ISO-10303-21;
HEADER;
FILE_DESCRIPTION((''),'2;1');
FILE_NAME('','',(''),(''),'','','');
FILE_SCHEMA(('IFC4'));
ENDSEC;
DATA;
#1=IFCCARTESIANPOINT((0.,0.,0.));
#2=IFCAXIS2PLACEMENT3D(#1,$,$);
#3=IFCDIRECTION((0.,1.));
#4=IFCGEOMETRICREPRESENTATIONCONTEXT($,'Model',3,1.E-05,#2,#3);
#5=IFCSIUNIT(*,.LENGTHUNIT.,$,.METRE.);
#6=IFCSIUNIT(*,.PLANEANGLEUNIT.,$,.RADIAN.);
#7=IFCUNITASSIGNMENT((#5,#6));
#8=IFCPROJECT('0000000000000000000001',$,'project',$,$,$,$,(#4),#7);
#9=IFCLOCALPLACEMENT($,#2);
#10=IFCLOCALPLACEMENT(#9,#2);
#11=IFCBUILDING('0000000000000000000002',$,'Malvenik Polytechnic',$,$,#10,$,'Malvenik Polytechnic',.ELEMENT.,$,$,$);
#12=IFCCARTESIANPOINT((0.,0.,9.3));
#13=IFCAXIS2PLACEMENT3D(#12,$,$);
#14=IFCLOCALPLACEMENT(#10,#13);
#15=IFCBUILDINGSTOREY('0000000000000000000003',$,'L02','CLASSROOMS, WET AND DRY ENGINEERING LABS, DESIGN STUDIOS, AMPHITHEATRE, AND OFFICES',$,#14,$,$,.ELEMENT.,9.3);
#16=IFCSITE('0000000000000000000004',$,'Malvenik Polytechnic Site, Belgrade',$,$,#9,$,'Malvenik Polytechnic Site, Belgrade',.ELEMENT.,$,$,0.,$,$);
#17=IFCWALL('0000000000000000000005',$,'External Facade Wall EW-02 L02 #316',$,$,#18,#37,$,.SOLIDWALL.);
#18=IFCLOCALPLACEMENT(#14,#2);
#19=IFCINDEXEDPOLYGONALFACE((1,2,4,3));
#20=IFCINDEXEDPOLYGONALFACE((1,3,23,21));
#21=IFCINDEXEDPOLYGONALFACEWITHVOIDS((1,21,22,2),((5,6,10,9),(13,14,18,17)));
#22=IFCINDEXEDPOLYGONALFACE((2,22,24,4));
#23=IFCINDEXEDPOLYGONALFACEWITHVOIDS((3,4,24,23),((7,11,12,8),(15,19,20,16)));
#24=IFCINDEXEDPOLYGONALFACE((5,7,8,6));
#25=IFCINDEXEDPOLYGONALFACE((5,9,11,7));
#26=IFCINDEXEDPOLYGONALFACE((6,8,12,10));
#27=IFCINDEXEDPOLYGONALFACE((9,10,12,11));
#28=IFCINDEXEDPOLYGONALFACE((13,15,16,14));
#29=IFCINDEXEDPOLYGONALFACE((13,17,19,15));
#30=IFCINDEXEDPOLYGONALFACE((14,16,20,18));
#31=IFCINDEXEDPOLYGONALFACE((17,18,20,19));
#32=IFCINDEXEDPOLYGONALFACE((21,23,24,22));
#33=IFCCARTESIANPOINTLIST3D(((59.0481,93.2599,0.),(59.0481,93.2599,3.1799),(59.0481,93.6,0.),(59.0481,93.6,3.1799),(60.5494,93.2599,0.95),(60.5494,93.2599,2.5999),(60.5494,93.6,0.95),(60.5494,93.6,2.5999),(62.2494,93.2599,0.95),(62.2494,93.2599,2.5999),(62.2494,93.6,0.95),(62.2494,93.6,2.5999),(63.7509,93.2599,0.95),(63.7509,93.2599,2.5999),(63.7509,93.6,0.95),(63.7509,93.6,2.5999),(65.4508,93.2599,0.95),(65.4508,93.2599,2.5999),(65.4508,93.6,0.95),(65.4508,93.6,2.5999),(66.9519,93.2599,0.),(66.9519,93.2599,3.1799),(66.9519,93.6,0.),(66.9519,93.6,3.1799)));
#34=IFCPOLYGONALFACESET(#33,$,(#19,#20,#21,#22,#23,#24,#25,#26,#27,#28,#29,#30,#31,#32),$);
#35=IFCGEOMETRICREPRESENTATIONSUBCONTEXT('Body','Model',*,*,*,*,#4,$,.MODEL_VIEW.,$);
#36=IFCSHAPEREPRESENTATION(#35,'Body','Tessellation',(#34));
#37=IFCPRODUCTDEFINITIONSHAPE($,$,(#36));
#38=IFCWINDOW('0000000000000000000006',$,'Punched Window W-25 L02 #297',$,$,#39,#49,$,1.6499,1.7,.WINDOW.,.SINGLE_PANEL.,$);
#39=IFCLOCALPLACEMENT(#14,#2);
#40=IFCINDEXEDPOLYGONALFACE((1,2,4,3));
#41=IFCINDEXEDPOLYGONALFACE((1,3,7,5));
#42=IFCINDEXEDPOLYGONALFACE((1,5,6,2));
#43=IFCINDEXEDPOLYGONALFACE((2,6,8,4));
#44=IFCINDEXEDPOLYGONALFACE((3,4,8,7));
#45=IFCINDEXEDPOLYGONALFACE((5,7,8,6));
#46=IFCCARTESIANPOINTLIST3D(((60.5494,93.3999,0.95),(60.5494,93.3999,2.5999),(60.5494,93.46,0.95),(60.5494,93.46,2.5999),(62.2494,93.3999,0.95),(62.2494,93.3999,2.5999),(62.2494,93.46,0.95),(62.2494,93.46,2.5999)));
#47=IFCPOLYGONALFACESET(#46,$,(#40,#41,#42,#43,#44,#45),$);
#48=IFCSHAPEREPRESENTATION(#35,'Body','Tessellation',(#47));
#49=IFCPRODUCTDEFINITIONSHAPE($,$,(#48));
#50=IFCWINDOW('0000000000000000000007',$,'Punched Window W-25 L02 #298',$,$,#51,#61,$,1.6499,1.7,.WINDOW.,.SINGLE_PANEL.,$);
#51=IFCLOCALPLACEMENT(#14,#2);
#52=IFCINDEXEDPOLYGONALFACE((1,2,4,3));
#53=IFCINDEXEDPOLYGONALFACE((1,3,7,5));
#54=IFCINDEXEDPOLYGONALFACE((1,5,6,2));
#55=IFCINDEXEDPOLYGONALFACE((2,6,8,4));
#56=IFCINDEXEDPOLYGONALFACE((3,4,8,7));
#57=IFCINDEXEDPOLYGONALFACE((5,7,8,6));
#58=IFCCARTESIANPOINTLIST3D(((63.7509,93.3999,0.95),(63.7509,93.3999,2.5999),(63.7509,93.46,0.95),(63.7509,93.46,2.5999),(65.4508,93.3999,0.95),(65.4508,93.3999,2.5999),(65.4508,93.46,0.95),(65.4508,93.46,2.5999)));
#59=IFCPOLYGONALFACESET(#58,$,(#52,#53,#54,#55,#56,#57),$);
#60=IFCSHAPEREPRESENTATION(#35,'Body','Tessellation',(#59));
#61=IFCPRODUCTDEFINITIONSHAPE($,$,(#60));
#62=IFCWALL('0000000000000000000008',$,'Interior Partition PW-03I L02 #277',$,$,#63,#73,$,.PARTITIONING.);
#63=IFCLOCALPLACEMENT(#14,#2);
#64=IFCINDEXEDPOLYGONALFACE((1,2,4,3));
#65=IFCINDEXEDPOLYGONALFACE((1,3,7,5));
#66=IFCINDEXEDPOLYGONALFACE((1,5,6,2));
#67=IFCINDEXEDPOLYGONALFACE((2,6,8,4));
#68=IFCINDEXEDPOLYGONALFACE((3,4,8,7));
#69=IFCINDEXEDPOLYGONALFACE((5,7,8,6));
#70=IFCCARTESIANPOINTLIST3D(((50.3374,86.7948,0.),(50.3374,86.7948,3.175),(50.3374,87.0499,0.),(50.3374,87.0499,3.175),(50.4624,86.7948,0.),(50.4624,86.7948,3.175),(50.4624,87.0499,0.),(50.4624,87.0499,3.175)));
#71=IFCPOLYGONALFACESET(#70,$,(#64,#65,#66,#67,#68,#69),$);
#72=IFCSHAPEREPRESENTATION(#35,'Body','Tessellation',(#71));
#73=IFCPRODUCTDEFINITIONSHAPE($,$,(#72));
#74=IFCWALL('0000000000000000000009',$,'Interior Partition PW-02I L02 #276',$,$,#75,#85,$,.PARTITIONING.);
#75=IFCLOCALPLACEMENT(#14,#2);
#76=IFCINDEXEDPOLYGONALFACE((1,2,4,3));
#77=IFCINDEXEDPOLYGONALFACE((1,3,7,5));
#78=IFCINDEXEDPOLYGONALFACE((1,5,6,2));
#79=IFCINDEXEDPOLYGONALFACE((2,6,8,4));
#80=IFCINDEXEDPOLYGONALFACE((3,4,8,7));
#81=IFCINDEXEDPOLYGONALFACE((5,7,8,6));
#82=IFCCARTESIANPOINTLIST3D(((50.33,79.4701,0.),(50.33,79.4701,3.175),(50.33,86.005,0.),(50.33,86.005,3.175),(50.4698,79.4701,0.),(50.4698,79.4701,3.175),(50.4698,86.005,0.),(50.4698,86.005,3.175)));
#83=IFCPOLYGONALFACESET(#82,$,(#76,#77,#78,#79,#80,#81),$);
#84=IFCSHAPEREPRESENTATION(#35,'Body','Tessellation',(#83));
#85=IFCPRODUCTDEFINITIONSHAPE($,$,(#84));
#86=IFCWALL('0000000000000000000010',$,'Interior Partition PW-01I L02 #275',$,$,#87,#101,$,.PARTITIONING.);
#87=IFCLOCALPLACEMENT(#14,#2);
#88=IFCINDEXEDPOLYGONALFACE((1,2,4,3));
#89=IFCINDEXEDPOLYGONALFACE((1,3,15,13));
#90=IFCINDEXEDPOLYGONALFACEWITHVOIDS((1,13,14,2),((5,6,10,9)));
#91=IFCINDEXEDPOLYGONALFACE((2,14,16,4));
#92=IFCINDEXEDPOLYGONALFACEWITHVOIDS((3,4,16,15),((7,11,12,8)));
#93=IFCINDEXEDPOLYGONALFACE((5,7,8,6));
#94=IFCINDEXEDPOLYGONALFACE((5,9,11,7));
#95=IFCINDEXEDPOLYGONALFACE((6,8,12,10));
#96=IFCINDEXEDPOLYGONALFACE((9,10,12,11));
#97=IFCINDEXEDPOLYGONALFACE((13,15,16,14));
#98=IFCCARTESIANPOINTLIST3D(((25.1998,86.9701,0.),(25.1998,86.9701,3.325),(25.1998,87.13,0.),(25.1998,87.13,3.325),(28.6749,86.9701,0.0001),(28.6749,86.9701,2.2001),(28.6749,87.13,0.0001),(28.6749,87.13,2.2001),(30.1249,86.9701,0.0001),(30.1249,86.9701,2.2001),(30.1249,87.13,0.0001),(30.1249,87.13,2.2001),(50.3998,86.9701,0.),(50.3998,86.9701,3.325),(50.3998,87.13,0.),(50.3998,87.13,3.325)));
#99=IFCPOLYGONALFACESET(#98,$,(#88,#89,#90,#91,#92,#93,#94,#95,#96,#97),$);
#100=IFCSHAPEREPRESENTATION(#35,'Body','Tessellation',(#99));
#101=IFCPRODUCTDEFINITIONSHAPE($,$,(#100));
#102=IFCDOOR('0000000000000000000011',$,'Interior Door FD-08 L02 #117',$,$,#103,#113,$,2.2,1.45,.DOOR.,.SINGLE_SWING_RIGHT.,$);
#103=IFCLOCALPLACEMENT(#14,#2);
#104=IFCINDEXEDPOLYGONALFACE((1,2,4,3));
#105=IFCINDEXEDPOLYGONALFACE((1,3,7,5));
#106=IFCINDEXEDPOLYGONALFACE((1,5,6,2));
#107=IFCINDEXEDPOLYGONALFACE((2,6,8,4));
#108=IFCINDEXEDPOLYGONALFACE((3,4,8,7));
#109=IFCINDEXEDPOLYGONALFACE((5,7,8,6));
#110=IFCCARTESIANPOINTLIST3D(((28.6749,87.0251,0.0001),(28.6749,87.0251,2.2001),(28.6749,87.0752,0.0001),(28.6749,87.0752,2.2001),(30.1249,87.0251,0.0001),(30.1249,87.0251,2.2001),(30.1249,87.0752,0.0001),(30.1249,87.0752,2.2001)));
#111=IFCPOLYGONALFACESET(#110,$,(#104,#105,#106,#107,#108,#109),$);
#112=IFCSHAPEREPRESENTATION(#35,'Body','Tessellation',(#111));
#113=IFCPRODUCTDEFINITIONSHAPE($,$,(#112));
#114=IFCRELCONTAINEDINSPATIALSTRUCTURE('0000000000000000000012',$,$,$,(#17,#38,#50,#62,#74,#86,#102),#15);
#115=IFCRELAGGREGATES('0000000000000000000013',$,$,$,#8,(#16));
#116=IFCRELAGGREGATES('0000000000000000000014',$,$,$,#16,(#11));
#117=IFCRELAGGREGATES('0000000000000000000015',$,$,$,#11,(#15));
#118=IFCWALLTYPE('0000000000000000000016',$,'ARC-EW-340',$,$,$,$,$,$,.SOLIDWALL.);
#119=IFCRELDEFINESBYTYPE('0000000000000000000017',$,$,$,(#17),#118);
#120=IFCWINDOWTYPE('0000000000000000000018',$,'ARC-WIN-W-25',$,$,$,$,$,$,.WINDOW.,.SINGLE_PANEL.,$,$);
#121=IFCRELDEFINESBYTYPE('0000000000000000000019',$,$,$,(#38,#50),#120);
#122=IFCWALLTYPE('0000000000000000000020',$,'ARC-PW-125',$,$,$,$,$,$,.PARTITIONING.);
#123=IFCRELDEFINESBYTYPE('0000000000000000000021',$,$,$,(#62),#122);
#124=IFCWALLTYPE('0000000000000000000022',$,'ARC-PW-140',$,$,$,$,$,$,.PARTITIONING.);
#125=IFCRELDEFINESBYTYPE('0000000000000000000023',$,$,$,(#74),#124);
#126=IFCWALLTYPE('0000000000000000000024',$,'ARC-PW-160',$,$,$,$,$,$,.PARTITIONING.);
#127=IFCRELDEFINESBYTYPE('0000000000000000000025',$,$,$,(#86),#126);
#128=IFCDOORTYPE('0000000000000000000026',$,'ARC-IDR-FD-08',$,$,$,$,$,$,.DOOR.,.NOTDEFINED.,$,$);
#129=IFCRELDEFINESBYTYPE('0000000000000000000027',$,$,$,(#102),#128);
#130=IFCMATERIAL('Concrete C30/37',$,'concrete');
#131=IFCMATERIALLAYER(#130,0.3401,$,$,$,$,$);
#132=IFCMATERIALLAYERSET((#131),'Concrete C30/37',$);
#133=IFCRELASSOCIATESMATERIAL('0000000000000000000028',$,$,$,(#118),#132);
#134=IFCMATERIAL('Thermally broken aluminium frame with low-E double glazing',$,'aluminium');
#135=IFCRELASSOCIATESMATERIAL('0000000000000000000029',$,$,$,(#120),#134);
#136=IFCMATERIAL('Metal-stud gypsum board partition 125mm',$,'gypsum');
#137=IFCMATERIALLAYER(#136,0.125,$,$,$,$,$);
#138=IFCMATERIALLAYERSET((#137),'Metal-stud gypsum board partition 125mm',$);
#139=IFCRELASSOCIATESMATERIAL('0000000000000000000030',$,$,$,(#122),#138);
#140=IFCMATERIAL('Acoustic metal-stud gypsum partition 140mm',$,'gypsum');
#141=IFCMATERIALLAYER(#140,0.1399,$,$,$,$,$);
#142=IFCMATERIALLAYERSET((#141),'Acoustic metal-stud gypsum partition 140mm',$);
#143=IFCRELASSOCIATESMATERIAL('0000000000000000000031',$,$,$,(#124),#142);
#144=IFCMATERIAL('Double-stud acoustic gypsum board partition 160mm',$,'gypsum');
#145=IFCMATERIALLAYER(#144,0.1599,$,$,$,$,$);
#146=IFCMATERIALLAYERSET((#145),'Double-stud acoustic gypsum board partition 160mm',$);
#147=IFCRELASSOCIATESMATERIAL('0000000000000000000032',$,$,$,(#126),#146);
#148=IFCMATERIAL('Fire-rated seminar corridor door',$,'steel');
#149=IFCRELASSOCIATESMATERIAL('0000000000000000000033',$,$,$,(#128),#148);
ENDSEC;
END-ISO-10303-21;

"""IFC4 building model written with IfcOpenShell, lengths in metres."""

from ifc_helpers import new_model, si_unit, direction, frame, frame_2d, origin, place, context, subcontext, project, spatial, rectangle, extrude, material, layer, layer_set, type_object, element, fill, save


model = new_model("IFC4")

# Units and contexts
model_context = context("Model", 3, precision=1e-05, world=origin(), true_north=direction((0.0, 1.0)))
body_context = subcontext(model_context, "Body", "Model", "MODEL_VIEW")
ifc_project = project(units=[si_unit("LENGTHUNIT", "METRE"), si_unit("PLANEANGLEUNIT", "RADIAN")], contexts=[model_context])

# Site, building, storey
site_placement = place(None, origin())
site = spatial("IfcSite", under=ifc_project, at=site_placement, Name="Malvenik Polytechnic Site, Belgrade", LongName="Malvenik Polytechnic Site, Belgrade", CompositionType="ELEMENT", RefElevation=0.0)
building_placement = place(site_placement, origin())
building = spatial("IfcBuilding", under=site, at=building_placement, Name="Malvenik Polytechnic", LongName="Malvenik Polytechnic", CompositionType="ELEMENT")
storey_placement = place(building_placement, frame((0.0, 0.0, 9.3)))
storey = spatial("IfcBuildingStorey", under=building, at=storey_placement, Name="L02", Description="CLASSROOMS, WET AND DRY ENGINEERING LABS, DESIGN STUDIOS, AMPHITHEATRE, AND OFFICES", CompositionType="ELEMENT", Elevation=9.3)

# Shared definitions
ifc_material_1 = material(Name="Concrete C30/37", Category="concrete")

# Wall, openings, windows
ifc_layer_1 = layer(ifc_material_1, 0.3401)
ifc_layer_set_1 = layer_set([ifc_layer_1], Name="Concrete C30/37")
wall_type_1 = type_object("IfcWallType", Name="ARC-EW-340", PredefinedType="SOLIDWALL", material=ifc_layer_set_1)
ifc_material_2 = material(Name="Thermally broken aluminium frame with low-E double glazing", Category="aluminium")
wall_1_placement = place(storey_placement, frame((59.0481, 93.4299, 0.0), z_axis=(0.0, 0.0, 1.0), x_axis=(1.0, 0.0, 0.0)))
wall_1 = element("IfcWall", 1, at=wall_1_placement, inside=storey, type_object=wall_type_1, Name="External Facade Wall EW-02 L02 #316", PredefinedType="SOLIDWALL", context=body_context, shape_type="SweptSolid", body=[
    extrude(rectangle(XDim=7.9038, YDim=0.3401, at=frame_2d((3.9519, 0.0))), origin(), (0.0, 0.0, 1.0), 3.1799),
])
opening_1_placement = place(wall_1_placement, frame((1.5012, 0.0, 0.95)))
opening_1 = element("IfcOpeningElement", 2, at=opening_1_placement, cuts=wall_1, PredefinedType="OPENING", context=body_context, shape_type="SweptSolid", body=[
    extrude(rectangle(XDim=1.7, YDim=1.6499, at=frame_2d((0.8501, 0.825))), frame((0.0, 0.1802, 0.0), z_axis=(0.0, -1.0, 0.0), x_axis=(1.0, 0.0, 0.0)), (0.0, 0.0, 1.0), 0.3601),
])
opening_2_placement = place(wall_1_placement, frame((4.7026, 0.0, 0.95)))
opening_2 = element("IfcOpeningElement", 3, at=opening_2_placement, cuts=wall_1, PredefinedType="OPENING", context=body_context, shape_type="SweptSolid", body=[
    extrude(rectangle(XDim=1.7, YDim=1.6499, at=frame_2d((0.8501, 0.825))), frame((0.0, 0.1802, 0.0), z_axis=(0.0, -1.0, 0.0), x_axis=(1.0, 0.0, 0.0)), (0.0, 0.0, 1.0), 0.3601),
])
window_type_1 = type_object("IfcWindowType", Name="ARC-WIN-W-25", PartitioningType="SINGLE_PANEL", PredefinedType="WINDOW", material=ifc_material_2)
window_1_placement = place(opening_1_placement, origin())
window_1 = element("IfcWindow", 4, at=window_1_placement, inside=storey, type_object=window_type_1, Name="Punched Window W-25 L02 #297", OverallHeight=1.6499, OverallWidth=1.7, PartitioningType="SINGLE_PANEL", PredefinedType="WINDOW", context=body_context, shape_type="SweptSolid", body=[
    extrude(rectangle(XDim=1.7, YDim=1.6499, at=frame_2d((0.8501, 0.825))), frame((0.0, 0.03, 0.0), z_axis=(0.0, -1.0, 0.0), x_axis=(1.0, 0.0, 0.0)), (0.0, 0.0, 1.0), 0.0601),
])
fill(opening_1, window_1)
window_2_placement = place(opening_2_placement, origin())
window_2 = element("IfcWindow", 5, at=window_2_placement, inside=storey, type_object=window_type_1, Name="Punched Window W-25 L02 #298", OverallHeight=1.6499, OverallWidth=1.7, PartitioningType="SINGLE_PANEL", PredefinedType="WINDOW", context=body_context, shape_type="SweptSolid", body=[
    extrude(rectangle(XDim=1.7, YDim=1.6499, at=frame_2d((0.8501, 0.825))), frame((0.0, 0.03, 0.0), z_axis=(0.0, -1.0, 0.0), x_axis=(1.0, 0.0, 0.0)), (0.0, 0.0, 1.0), 0.0601),
])
fill(opening_2, window_2)

# Walls
ifc_material_3 = material(Name="Metal-stud gypsum board partition 125mm", Category="gypsum")
ifc_layer_2 = layer(ifc_material_3, 0.125)
ifc_layer_set_2 = layer_set([ifc_layer_2], Name="Metal-stud gypsum board partition 125mm")
wall_type_2 = type_object("IfcWallType", Name="ARC-PW-125", PredefinedType="PARTITIONING", material=ifc_layer_set_2)
wall_2_placement = place(storey_placement, frame((50.3999, 86.7949, 0.0), z_axis=(0.0, 0.0, 1.0), x_axis=(0.0, 1.0, 0.0)))
element("IfcWall", 6, at=wall_2_placement, inside=storey, type_object=wall_type_2, Name="Interior Partition PW-03I L02 #277", PredefinedType="PARTITIONING", context=body_context, shape_type="SweptSolid", body=[
    extrude(rectangle(XDim=0.2551, YDim=0.125, at=frame_2d((0.1274, 0.0))), origin(), (0.0, 0.0, 1.0), 3.175),
])
ifc_material_4 = material(Name="Acoustic metal-stud gypsum partition 140mm", Category="gypsum")
ifc_layer_3 = layer(ifc_material_4, 0.1399)
ifc_layer_set_3 = layer_set([ifc_layer_3], Name="Acoustic metal-stud gypsum partition 140mm")
wall_type_3 = type_object("IfcWallType", Name="ARC-PW-140", PredefinedType="PARTITIONING", material=ifc_layer_set_3)
wall_3_placement = place(storey_placement, frame((50.3999, 79.47, 0.0), z_axis=(0.0, 0.0, 1.0), x_axis=(0.0, 1.0, 0.0)))
element("IfcWall", 7, at=wall_3_placement, inside=storey, type_object=wall_type_3, Name="Interior Partition PW-02I L02 #276", PredefinedType="PARTITIONING", context=body_context, shape_type="SweptSolid", body=[
    extrude(rectangle(XDim=6.5349, YDim=0.1399, at=frame_2d((3.2676, 0.0))), origin(), (0.0, 0.0, 1.0), 3.175),
])

# Wall, opening, door
ifc_material_5 = material(Name="Double-stud acoustic gypsum board partition 160mm", Category="gypsum")
ifc_layer_4 = layer(ifc_material_5, 0.1599)
ifc_layer_set_4 = layer_set([ifc_layer_4], Name="Double-stud acoustic gypsum board partition 160mm")
wall_type_4 = type_object("IfcWallType", Name="ARC-PW-160", PredefinedType="PARTITIONING", material=ifc_layer_set_4)
wall_4_placement = place(storey_placement, frame((50.3999, 87.05, 0.0), z_axis=(0.0, 0.0, 1.0), x_axis=(-1.0, 0.0, 0.0)))
wall_4 = element("IfcWall", 8, at=wall_4_placement, inside=storey, type_object=wall_type_4, Name="Interior Partition PW-01I L02 #275", PredefinedType="PARTITIONING", context=body_context, shape_type="SweptSolid", body=[
    extrude(rectangle(XDim=25.2, YDim=0.1599, at=frame_2d((12.6001, 0.0))), origin(), (0.0, 0.0, 1.0), 3.325),
])
opening_3_placement = place(wall_4_placement, frame((20.2749, 0.0, 0.0)))
opening_3 = element("IfcOpeningElement", 9, at=opening_3_placement, cuts=wall_4, PredefinedType="OPENING", context=body_context, shape_type="SweptSolid", body=[
    extrude(rectangle(XDim=1.45, YDim=2.2, at=frame_2d((0.7251, 1.1001))), frame((0.0, 0.0898, 0.0), z_axis=(0.0, -1.0, 0.0), x_axis=(1.0, 0.0, 0.0)), (0.0, 0.0, 1.0), 0.1799),
])
ifc_material_6 = material(Name="Fire-rated seminar corridor door", Category="steel")
door_type = type_object("IfcDoorType", Name="ARC-IDR-FD-08", OperationType="NOTDEFINED", PredefinedType="DOOR", material=ifc_material_6)
door_placement = place(opening_3_placement, origin())
door = element("IfcDoor", 10, at=door_placement, inside=storey, type_object=door_type, Name="Interior Door FD-08 L02 #117", OperationType="SINGLE_SWING_RIGHT", OverallHeight=2.2, OverallWidth=1.45, PredefinedType="DOOR", context=body_context, shape_type="SweptSolid", body=[
    extrude(rectangle(XDim=1.45, YDim=2.2, at=frame_2d((0.7251, 1.1001))), frame((0.0, 0.0249, 0.0), z_axis=(0.0, -1.0, 0.0), x_axis=(1.0, 0.0, 0.0)), (0.0, 0.0, 1.0), 0.05),
])
fill(opening_3, door)

save(model, "model.ifc")
